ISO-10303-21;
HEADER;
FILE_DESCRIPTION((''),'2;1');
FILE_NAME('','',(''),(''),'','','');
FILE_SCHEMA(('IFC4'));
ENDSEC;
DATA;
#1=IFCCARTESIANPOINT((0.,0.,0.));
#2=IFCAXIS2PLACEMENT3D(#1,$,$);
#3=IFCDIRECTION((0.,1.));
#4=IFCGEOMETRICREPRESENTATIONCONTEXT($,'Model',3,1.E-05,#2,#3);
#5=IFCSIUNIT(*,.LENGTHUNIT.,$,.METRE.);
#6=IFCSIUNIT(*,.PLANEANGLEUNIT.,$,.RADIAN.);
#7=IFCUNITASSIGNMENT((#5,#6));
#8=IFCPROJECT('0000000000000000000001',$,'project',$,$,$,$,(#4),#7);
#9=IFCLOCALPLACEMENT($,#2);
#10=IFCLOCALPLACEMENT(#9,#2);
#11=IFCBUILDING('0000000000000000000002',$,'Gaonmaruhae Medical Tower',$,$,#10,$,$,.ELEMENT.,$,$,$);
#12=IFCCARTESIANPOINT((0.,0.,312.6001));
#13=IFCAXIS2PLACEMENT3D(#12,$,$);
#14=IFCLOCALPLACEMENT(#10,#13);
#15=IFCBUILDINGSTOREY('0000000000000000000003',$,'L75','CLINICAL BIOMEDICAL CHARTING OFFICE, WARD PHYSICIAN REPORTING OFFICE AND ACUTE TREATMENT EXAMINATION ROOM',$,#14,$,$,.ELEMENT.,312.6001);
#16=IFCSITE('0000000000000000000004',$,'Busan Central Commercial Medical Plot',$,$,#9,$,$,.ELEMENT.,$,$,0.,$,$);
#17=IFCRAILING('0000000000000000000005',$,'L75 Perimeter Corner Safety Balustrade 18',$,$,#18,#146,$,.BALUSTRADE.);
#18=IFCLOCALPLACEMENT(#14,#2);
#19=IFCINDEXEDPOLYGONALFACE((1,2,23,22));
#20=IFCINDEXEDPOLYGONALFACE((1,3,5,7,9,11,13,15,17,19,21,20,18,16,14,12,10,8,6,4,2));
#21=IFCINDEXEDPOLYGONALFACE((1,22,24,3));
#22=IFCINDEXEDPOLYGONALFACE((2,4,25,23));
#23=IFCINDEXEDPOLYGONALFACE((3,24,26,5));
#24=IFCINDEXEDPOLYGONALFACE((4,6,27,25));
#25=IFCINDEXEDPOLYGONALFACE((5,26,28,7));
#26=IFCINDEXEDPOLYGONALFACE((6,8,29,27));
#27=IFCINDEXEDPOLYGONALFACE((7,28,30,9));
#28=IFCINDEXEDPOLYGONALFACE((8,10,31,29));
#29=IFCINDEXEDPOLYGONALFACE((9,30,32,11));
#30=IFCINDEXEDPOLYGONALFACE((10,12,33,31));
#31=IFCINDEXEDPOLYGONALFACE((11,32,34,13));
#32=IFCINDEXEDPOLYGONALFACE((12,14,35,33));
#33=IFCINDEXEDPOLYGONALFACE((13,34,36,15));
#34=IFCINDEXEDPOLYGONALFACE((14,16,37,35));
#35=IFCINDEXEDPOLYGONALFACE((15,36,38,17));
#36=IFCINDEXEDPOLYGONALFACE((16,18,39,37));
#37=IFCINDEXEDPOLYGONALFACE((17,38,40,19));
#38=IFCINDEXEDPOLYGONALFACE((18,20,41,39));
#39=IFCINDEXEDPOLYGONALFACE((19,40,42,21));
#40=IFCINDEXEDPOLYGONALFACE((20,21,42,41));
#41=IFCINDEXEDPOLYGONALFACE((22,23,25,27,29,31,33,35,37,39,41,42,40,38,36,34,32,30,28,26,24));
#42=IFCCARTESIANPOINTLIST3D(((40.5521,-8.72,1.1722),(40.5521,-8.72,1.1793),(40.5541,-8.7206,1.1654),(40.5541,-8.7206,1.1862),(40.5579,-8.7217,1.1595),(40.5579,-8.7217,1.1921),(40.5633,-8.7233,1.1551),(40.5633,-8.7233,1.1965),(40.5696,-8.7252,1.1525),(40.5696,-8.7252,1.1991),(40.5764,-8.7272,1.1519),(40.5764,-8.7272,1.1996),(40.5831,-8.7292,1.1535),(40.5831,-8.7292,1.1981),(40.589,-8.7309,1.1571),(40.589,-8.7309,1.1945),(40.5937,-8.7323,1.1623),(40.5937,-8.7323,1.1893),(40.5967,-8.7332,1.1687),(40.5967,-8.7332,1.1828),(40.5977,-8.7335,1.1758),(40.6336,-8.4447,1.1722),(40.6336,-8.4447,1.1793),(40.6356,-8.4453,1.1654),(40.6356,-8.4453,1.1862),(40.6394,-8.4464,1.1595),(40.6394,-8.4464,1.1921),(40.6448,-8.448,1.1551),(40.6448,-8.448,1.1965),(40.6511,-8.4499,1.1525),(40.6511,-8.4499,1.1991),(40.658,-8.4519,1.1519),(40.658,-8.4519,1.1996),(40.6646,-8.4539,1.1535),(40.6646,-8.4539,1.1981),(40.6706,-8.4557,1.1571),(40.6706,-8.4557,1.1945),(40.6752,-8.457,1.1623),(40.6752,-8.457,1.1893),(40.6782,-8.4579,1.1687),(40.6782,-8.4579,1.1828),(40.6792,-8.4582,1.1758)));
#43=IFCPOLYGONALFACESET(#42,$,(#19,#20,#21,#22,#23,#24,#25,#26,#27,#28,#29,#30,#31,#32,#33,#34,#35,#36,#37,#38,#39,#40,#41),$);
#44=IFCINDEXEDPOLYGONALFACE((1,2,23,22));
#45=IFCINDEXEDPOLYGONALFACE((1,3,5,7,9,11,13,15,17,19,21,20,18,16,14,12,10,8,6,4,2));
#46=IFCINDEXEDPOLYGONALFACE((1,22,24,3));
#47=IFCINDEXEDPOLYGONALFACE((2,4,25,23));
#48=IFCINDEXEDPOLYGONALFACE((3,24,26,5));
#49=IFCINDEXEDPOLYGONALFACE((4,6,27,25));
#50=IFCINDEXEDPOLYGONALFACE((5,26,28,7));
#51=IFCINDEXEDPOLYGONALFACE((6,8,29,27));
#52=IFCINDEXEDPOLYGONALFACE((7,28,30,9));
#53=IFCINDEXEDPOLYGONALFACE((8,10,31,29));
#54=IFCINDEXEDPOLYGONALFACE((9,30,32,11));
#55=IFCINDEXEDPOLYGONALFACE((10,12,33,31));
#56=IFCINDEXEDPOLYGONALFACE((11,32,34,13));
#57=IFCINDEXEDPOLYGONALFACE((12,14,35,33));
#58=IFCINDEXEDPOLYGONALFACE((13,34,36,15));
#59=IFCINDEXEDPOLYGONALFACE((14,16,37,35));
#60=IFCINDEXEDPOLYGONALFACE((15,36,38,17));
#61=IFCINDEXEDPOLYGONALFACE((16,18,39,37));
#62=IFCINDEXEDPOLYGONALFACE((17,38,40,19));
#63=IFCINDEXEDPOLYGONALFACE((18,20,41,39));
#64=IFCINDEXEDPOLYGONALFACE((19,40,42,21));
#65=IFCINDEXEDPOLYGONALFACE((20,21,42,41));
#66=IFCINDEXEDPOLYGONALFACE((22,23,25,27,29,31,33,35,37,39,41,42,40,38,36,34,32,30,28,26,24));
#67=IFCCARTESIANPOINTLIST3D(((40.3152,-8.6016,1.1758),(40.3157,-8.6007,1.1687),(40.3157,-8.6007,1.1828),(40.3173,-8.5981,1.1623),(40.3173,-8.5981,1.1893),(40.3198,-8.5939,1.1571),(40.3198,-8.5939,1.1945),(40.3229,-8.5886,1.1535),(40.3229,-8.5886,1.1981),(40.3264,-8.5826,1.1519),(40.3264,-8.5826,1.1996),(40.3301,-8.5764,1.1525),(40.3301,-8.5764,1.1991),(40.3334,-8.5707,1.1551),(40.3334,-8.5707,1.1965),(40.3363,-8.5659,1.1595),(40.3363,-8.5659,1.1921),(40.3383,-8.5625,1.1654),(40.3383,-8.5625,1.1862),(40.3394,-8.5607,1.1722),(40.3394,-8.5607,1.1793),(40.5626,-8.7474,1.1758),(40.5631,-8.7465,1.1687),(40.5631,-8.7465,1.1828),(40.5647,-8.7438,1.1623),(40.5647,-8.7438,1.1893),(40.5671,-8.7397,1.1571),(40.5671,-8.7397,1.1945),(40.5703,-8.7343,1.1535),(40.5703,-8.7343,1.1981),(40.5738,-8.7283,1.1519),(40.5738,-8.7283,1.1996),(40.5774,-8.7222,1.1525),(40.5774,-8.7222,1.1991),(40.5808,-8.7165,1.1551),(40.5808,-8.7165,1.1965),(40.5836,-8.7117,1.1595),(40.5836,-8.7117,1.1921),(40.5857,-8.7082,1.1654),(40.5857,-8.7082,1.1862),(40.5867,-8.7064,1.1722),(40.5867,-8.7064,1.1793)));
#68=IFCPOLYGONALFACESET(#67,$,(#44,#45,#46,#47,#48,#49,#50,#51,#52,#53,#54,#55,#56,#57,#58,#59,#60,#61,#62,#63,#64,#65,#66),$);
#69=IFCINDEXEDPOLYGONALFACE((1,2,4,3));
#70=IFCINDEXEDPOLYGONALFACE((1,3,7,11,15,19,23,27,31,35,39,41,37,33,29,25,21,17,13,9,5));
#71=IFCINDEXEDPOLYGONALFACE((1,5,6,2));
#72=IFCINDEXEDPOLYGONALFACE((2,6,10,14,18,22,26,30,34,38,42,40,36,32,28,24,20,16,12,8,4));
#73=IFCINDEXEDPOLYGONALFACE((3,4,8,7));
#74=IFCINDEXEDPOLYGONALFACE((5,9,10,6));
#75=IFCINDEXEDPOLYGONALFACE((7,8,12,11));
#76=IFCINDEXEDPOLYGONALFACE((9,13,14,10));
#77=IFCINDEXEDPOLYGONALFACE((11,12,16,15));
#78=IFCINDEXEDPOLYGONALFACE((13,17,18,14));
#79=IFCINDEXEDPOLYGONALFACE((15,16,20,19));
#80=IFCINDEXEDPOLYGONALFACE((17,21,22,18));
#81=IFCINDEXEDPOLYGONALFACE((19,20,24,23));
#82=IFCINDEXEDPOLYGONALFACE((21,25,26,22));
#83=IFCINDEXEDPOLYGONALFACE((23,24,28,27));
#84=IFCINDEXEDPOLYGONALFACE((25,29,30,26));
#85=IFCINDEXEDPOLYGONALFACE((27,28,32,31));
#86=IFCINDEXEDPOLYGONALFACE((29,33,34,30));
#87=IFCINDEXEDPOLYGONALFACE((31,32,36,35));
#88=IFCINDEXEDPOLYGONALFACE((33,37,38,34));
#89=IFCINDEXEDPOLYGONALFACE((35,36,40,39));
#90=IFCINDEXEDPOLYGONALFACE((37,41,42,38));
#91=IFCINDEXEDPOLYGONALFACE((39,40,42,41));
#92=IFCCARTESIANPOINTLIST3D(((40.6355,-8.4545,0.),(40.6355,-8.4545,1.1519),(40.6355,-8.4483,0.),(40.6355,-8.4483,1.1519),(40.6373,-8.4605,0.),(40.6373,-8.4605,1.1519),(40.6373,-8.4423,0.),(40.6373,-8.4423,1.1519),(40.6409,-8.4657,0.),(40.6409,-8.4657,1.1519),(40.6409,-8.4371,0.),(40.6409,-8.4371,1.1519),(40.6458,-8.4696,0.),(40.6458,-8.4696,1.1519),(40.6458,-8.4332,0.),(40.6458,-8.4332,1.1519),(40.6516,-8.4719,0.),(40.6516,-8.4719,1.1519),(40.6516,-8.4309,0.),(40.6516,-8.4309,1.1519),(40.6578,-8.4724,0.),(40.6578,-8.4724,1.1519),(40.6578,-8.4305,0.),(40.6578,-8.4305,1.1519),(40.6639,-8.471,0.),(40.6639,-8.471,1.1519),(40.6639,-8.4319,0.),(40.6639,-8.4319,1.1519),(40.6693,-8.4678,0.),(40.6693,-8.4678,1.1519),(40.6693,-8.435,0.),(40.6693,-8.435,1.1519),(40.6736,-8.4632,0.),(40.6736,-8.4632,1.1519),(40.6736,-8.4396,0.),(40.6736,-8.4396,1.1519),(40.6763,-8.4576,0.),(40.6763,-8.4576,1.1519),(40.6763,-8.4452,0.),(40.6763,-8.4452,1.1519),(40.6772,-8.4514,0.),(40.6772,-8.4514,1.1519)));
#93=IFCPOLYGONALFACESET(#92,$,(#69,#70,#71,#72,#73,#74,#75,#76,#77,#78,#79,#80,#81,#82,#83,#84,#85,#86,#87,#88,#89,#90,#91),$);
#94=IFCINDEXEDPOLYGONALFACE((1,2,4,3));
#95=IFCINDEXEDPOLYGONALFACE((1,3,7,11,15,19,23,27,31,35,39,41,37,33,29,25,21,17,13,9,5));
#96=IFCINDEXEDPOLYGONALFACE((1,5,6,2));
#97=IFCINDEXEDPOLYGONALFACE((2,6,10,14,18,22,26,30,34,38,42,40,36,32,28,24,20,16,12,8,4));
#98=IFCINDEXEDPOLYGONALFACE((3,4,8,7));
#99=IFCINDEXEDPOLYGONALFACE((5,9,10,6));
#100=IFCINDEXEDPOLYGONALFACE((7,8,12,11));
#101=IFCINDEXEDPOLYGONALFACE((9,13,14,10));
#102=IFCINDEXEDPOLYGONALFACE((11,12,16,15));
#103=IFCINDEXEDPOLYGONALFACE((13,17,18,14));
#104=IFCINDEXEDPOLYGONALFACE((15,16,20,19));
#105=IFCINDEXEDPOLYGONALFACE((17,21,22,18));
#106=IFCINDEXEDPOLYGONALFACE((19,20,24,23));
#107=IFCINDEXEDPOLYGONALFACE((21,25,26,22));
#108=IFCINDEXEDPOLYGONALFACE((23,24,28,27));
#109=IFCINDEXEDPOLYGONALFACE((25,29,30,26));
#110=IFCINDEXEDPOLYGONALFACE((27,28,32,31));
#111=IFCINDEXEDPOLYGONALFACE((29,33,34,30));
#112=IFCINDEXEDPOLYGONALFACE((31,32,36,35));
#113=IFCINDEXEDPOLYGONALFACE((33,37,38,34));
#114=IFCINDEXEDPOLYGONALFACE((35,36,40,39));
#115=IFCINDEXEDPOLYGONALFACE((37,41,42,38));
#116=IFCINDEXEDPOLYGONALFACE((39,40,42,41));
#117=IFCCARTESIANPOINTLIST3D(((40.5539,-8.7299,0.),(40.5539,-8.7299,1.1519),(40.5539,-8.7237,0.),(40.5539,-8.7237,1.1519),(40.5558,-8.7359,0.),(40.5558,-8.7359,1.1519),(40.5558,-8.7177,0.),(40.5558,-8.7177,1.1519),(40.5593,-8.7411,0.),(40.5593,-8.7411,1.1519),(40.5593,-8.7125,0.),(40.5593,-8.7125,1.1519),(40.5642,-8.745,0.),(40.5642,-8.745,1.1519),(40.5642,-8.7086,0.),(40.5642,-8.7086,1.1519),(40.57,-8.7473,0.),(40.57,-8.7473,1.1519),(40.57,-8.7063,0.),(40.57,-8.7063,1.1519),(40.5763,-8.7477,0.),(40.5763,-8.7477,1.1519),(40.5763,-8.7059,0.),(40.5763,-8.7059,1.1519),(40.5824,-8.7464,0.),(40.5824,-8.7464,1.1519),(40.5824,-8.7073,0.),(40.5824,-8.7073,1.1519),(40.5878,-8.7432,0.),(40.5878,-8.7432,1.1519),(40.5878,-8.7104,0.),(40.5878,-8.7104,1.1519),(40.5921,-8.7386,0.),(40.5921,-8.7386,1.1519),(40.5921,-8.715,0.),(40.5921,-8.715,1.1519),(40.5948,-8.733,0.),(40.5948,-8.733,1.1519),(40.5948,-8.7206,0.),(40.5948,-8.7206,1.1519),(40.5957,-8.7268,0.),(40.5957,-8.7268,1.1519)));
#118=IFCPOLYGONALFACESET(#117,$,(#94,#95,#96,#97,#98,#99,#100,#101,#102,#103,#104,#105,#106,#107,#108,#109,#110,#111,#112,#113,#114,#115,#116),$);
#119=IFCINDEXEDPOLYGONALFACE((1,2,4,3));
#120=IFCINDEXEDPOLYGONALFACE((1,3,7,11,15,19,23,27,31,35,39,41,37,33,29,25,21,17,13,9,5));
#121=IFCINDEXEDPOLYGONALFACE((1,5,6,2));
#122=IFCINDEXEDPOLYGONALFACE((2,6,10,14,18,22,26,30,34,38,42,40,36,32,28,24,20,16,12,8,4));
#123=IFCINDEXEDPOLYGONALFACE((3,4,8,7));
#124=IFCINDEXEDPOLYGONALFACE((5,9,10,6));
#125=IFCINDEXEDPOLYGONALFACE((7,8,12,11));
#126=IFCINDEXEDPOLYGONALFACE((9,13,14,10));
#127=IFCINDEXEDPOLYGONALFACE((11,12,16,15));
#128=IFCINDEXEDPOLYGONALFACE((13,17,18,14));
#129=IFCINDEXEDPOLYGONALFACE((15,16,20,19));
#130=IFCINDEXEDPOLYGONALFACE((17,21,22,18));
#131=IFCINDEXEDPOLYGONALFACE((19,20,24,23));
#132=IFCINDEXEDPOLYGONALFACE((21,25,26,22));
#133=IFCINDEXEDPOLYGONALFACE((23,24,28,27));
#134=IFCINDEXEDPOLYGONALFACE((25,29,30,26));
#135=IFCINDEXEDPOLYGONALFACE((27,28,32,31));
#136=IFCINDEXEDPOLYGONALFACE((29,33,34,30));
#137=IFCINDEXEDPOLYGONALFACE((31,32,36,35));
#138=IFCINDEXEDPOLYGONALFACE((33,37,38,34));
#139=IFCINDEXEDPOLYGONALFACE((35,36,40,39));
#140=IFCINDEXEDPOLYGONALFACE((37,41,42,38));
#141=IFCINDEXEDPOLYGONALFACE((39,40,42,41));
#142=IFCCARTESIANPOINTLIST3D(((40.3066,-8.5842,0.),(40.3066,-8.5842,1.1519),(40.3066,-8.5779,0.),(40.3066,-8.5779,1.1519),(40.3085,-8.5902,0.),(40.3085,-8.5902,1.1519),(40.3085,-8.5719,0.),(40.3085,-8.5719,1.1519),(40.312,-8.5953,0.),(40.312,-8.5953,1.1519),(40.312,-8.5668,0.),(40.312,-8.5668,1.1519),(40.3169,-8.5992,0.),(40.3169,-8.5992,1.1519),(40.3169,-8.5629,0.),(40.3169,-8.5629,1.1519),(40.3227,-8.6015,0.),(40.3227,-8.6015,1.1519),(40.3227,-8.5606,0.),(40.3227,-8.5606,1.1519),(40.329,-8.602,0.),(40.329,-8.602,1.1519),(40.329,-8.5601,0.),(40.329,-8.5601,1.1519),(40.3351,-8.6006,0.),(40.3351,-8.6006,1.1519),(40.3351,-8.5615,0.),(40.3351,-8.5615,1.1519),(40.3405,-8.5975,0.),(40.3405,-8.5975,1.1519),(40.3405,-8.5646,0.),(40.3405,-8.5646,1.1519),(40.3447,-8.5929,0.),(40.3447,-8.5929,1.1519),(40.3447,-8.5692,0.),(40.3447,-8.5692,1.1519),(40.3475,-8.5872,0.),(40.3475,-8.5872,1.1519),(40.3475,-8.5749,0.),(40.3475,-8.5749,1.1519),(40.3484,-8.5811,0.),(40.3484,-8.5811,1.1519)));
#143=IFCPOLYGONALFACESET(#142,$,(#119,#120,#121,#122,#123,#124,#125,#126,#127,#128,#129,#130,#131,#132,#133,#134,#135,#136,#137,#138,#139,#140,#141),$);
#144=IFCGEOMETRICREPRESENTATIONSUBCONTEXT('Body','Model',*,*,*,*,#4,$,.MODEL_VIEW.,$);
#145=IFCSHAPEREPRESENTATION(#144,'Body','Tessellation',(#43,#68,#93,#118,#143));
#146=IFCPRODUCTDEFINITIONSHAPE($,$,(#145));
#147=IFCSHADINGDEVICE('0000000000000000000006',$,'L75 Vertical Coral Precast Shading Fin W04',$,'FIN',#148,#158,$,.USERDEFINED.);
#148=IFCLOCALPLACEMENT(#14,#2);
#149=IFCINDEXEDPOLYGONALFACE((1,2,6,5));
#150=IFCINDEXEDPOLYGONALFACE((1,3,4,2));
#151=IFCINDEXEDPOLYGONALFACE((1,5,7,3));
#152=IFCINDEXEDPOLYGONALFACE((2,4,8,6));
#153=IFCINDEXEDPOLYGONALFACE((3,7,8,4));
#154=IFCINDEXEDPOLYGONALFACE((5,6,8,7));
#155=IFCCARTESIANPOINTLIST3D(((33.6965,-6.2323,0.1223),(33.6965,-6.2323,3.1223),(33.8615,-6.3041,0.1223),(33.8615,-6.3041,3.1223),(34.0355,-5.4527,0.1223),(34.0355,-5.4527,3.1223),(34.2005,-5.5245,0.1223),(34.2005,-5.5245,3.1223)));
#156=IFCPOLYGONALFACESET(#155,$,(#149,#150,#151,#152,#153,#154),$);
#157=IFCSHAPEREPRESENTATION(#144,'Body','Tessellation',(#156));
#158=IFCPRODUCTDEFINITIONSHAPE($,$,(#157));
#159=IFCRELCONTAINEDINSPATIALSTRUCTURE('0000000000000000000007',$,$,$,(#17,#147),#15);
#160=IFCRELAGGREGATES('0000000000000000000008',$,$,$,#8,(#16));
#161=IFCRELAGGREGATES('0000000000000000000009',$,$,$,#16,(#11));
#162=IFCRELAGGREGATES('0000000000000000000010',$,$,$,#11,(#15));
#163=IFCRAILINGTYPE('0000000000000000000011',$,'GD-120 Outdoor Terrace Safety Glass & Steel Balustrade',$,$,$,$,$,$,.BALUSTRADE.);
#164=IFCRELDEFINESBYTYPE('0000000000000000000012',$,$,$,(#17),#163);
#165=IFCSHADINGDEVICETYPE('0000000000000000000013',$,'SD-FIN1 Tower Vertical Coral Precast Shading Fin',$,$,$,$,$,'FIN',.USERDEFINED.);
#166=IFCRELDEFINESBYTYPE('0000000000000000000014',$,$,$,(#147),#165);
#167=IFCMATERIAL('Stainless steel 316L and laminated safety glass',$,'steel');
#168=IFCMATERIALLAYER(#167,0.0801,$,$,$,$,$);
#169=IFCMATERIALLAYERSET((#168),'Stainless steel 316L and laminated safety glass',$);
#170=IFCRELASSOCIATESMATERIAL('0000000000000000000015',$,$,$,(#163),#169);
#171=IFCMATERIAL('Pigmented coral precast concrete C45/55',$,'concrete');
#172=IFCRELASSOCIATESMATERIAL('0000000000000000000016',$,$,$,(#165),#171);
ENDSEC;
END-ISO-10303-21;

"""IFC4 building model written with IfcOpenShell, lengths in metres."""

from ifc_helpers import new_model, si_unit, direction, frame, origin, origin_2d, place, context, subcontext, project, spatial, rectangle, circle, extrude, material, layer, layer_set, type_object, element, save


model = new_model("IFC4")

# Units and contexts
model_context = context("Model", 3, precision=1e-05, world=origin(), true_north=direction((0.0, 1.0)))
body_context = subcontext(model_context, "Body", "Model", "MODEL_VIEW")
ifc_project = project(units=[si_unit("LENGTHUNIT", "METRE"), si_unit("PLANEANGLEUNIT", "RADIAN")], contexts=[model_context])

# Site, building, storey
site_placement = place(None, origin())
site = spatial("IfcSite", under=ifc_project, at=site_placement, Name="Busan Central Commercial Medical Plot", CompositionType="ELEMENT", RefElevation=0.0)
building_placement = place(site_placement, origin())
building = spatial("IfcBuilding", under=site, at=building_placement, Name="Gaonmaruhae Medical Tower", CompositionType="ELEMENT")
storey_placement = place(building_placement, frame((0.0, 0.0, 312.6001)))
storey = spatial("IfcBuildingStorey", under=building, at=storey_placement, Name="L75", Description="CLINICAL BIOMEDICAL CHARTING OFFICE, WARD PHYSICIAN REPORTING OFFICE AND ACUTE TREATMENT EXAMINATION ROOM", CompositionType="ELEMENT", Elevation=312.6001)

# Railing
ifc_material_1 = material(Name="Stainless steel 316L and laminated safety glass", Category="steel")
ifc_layer_1 = layer(ifc_material_1, 0.0801)
ifc_layer_set_1 = layer_set([ifc_layer_1], Name="Stainless steel 316L and laminated safety glass")
railing_type = type_object("IfcRailingType", Name="GD-120 Outdoor Terrace Safety Glass & Steel Balustrade", PredefinedType="BALUSTRADE", material=ifc_layer_set_1)
railing_placement = place(storey_placement, frame((40.6562, -8.4514, 0.0)))
element("IfcRailing", 1, at=railing_placement, inside=storey, type_object=railing_type, Name="L75 Perimeter Corner Safety Balustrade 18", PredefinedType="BALUSTRADE", context=body_context, shape_type="SweptSolid", body=[
    extrude(circle(Radius=0.0239, at=origin_2d()), frame((0.0, 0.0, 1.1758), z_axis=(-0.283915, -0.95885, 0.0), x_axis=(0.95885, -0.283915, 0.0)), (0.0, 0.0, 1.0), 0.2871),
    extrude(circle(Radius=0.0239, at=origin_2d()), frame((-0.0815, -0.2754, 1.1758), z_axis=(-0.861519, 0.507726, 0.0), x_axis=(-0.507726, -0.861519, 0.0)), (0.0, 0.0, 1.0), 0.2871),
    extrude(circle(Radius=0.021, at=origin_2d()), origin(), (0.0, 0.0, 1.0), 1.1519),
    extrude(circle(Radius=0.021, at=origin_2d()), frame((-0.0815, -0.2754, 0.0)), (0.0, 0.0, 1.0), 1.1519),
    extrude(circle(Radius=0.021, at=origin_2d()), frame((-0.3289, -0.1296, 0.0)), (0.0, 0.0, 1.0), 1.1519),
])

# Shading device
ifc_material_2 = material(Name="Pigmented coral precast concrete C45/55", Category="concrete")
shading_device_type = type_object("IfcShadingDeviceType", Name="SD-FIN1 Tower Vertical Coral Precast Shading Fin", ElementType="FIN", PredefinedType="USERDEFINED", material=ifc_material_2)
shading_device_placement = place(storey_placement, frame((33.9485, -5.8784, 0.1223), z_axis=(0.0, 0.0, 1.0), x_axis=(-0.91706, 0.398749, 0.0)))
element("IfcShadingDevice", 2, at=shading_device_placement, inside=storey, type_object=shading_device_type, Name="L75 Vertical Coral Precast Shading Fin W04", ObjectType="FIN", PredefinedType="USERDEFINED", context=body_context, shape_type="SweptSolid", body=[
    extrude(rectangle(XDim=0.1799, YDim=0.8501, at=origin_2d()), origin(), (0.0, 0.0, 1.0), 3.0),
])

save(model, "model.ifc")
